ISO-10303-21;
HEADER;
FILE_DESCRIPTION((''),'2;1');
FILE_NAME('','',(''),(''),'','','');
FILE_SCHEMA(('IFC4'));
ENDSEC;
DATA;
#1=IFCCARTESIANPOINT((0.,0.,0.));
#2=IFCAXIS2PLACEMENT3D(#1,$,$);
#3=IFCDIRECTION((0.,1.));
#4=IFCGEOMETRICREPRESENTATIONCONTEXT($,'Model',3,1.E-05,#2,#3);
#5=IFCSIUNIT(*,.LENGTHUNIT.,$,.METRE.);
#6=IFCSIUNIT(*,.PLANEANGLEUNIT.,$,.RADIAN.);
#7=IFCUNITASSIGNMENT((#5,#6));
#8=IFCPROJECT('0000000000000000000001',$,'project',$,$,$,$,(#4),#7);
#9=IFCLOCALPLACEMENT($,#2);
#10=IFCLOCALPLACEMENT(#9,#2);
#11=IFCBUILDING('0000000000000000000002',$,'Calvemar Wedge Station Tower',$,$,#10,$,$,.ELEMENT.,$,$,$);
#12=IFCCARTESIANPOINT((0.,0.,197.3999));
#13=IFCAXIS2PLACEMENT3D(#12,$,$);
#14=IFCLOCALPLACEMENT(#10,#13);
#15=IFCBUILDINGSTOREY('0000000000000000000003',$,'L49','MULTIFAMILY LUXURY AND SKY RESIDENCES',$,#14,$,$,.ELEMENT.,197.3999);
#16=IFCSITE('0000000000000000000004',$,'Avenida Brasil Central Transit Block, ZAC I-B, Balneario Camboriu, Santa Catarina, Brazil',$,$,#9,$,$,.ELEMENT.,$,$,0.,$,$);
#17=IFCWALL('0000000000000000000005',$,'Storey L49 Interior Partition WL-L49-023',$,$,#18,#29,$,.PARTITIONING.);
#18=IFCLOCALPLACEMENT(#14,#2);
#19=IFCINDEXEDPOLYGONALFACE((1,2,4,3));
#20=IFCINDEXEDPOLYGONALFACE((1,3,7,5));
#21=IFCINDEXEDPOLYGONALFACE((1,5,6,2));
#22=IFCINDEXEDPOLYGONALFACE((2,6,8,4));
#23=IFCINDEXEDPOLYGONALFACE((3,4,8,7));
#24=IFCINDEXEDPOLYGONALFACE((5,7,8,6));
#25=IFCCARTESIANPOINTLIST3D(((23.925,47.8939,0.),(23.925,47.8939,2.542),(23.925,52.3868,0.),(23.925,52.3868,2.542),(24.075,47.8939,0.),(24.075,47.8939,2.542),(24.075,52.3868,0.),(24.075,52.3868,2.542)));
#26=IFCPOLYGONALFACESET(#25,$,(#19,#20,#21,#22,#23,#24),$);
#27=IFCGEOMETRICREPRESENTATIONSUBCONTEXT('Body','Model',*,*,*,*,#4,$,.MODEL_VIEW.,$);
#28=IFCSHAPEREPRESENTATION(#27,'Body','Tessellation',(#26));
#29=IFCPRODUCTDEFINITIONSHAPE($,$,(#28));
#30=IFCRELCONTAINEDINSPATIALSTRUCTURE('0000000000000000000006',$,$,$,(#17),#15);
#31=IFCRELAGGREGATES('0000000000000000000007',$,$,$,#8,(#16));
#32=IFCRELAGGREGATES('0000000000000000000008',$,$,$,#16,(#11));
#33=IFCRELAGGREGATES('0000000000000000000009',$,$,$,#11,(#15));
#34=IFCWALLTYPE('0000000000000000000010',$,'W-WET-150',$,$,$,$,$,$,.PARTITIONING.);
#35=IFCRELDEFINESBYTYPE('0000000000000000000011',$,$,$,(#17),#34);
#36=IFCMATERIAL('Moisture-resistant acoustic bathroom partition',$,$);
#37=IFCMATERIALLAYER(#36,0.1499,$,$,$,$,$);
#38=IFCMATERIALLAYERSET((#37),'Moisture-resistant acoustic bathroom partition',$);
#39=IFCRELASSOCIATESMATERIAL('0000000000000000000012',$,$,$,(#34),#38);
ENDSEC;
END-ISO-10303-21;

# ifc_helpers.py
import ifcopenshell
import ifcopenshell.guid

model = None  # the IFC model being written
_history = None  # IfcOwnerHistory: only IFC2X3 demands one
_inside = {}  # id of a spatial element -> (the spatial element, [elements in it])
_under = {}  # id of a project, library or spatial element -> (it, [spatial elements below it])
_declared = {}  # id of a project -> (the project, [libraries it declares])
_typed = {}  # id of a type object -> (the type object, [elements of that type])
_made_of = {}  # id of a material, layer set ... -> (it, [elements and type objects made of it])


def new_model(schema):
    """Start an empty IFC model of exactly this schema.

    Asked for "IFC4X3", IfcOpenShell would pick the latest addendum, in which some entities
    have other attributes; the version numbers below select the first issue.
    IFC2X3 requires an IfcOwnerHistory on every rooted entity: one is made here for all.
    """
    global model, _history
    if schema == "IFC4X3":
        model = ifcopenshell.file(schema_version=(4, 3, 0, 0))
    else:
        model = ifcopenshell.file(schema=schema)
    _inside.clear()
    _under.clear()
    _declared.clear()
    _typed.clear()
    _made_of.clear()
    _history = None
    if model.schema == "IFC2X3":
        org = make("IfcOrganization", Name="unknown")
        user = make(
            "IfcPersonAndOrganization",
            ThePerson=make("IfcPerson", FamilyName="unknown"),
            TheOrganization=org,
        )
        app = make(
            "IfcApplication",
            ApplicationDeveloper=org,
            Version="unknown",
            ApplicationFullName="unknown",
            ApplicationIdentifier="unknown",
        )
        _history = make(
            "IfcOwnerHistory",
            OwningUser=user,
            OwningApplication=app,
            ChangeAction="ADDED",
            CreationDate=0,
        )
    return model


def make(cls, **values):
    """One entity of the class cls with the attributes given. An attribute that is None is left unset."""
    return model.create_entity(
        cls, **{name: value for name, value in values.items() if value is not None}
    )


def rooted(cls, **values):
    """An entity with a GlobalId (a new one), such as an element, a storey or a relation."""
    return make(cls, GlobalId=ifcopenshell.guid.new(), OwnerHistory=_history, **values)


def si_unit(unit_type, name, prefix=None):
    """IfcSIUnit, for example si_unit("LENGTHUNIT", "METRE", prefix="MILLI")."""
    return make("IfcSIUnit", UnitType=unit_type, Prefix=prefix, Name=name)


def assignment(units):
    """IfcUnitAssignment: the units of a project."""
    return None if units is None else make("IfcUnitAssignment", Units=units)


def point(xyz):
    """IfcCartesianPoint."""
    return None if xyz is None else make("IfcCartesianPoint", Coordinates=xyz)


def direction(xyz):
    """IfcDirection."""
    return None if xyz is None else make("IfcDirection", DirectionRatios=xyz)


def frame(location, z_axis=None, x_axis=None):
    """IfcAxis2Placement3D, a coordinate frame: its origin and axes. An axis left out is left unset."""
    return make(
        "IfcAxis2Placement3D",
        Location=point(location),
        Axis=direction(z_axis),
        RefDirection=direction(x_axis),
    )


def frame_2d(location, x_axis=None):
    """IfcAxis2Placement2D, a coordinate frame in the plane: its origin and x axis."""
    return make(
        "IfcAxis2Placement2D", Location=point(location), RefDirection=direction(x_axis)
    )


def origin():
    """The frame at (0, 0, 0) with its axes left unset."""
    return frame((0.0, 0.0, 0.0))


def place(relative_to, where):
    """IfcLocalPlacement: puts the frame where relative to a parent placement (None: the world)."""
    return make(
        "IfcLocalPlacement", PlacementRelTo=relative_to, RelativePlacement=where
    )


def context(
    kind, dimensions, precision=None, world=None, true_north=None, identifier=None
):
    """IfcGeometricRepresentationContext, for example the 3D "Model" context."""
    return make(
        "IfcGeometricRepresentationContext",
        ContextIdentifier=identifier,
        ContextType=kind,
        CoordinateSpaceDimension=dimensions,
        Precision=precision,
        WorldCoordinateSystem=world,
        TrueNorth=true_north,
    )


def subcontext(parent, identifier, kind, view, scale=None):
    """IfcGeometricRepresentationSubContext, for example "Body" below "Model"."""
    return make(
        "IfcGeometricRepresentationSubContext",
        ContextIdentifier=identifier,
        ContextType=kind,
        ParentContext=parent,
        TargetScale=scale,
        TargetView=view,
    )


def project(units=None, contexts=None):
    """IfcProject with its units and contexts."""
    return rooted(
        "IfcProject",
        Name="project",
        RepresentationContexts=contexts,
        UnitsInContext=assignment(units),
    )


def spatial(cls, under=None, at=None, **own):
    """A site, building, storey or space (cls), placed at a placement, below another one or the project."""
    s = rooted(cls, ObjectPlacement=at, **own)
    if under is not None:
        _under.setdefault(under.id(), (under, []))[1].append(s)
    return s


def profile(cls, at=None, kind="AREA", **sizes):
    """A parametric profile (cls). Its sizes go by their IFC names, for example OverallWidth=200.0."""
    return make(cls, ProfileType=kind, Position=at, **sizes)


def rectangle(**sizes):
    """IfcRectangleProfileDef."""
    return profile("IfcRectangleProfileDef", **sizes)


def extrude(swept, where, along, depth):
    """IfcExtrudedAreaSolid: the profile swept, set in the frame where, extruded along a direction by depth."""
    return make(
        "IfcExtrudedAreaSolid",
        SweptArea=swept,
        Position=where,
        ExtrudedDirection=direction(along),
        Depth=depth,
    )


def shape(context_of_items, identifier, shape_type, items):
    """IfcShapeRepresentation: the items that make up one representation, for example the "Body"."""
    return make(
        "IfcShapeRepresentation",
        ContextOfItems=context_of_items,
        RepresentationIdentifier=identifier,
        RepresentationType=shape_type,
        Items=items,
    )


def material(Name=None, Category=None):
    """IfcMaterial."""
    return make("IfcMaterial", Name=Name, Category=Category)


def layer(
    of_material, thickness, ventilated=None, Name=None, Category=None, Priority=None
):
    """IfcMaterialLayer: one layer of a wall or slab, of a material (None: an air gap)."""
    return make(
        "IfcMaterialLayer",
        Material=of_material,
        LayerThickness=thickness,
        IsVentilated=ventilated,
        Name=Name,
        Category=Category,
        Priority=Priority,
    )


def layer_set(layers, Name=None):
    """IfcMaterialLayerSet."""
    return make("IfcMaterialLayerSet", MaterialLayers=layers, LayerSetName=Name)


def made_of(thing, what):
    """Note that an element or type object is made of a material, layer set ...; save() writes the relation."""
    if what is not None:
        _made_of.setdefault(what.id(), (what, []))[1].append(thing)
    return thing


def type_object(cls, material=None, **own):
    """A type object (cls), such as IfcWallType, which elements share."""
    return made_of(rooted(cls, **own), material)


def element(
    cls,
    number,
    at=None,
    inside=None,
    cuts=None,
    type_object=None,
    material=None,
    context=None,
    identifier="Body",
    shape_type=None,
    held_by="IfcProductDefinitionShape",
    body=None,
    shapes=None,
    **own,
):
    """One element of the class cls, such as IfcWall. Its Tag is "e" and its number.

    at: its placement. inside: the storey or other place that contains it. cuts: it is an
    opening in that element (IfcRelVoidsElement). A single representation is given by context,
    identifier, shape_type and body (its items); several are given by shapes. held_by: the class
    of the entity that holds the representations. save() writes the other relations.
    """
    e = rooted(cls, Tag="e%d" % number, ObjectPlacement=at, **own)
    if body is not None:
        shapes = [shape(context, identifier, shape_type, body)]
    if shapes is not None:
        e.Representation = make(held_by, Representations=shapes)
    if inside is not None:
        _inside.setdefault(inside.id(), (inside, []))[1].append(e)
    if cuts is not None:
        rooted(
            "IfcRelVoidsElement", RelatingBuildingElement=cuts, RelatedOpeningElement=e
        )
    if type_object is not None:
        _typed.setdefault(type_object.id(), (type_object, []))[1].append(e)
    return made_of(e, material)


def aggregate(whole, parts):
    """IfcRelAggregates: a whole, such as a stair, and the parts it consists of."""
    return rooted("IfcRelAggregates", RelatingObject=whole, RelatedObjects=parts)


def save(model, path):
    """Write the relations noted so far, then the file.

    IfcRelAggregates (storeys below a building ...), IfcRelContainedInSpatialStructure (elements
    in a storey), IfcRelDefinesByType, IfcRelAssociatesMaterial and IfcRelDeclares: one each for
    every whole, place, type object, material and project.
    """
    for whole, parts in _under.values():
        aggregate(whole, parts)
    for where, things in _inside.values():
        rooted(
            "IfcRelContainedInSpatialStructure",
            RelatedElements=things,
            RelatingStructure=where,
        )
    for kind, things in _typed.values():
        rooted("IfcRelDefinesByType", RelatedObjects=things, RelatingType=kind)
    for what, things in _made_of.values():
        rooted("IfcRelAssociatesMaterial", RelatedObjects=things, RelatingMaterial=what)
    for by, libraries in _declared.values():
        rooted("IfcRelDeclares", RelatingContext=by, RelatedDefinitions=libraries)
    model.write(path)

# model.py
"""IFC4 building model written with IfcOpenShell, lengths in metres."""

from ifc_helpers import new_model, si_unit, direction, frame, frame_2d, origin, place, context, subcontext, project, spatial, rectangle, extrude, material, layer, layer_set, type_object, element, save


model = new_model("IFC4")

# Units and contexts
model_context = context("Model", 3, precision=1e-05, world=origin(), true_north=direction((0.0, 1.0)))
body_context = subcontext(model_context, "Body", "Model", "MODEL_VIEW")
ifc_project = project(units=[si_unit("LENGTHUNIT", "METRE"), si_unit("PLANEANGLEUNIT", "RADIAN")], contexts=[model_context])

# Site, building, storey
site_placement = place(None, origin())
site = spatial("IfcSite", under=ifc_project, at=site_placement, Name="Avenida Brasil Central Transit Block, ZAC I-B, Balneario Camboriu, Santa Catarina, Brazil", CompositionType="ELEMENT", RefElevation=0.0)
building_placement = place(site_placement, origin())
building = spatial("IfcBuilding", under=site, at=building_placement, Name="Calvemar Wedge Station Tower", CompositionType="ELEMENT")
storey_placement = place(building_placement, frame((0.0, 0.0, 197.3999)))
storey = spatial("IfcBuildingStorey", under=building, at=storey_placement, Name="L49", Description="MULTIFAMILY LUXURY AND SKY RESIDENCES", CompositionType="ELEMENT", Elevation=197.3999)

# Wall
ifc_material_1 = material(Name="Moisture-resistant acoustic bathroom partition")
ifc_layer_1 = layer(ifc_material_1, 0.1499)
ifc_layer_set_1 = layer_set([ifc_layer_1], Name="Moisture-resistant acoustic bathroom partition")
wall_type_1 = type_object("IfcWallType", Name="W-WET-150", PredefinedType="PARTITIONING", material=ifc_layer_set_1)
wall_1_placement = place(storey_placement, frame((24.0, 52.387, 0.0), z_axis=(0.0, 0.0, 1.0), x_axis=(0.0, -1.0, 0.0)))
element("IfcWall", 1, at=wall_1_placement, inside=storey, type_object=wall_type_1, Name="Storey L49 Interior Partition WL-L49-023", PredefinedType="PARTITIONING", context=body_context, shape_type="SweptSolid", body=[
    extrude(rectangle(XDim=4.4929, YDim=0.1499, at=frame_2d((2.2466, 0.0))), origin(), (0.0, 0.0, 1.0), 2.542),
])

save(model, "model.ifc")
